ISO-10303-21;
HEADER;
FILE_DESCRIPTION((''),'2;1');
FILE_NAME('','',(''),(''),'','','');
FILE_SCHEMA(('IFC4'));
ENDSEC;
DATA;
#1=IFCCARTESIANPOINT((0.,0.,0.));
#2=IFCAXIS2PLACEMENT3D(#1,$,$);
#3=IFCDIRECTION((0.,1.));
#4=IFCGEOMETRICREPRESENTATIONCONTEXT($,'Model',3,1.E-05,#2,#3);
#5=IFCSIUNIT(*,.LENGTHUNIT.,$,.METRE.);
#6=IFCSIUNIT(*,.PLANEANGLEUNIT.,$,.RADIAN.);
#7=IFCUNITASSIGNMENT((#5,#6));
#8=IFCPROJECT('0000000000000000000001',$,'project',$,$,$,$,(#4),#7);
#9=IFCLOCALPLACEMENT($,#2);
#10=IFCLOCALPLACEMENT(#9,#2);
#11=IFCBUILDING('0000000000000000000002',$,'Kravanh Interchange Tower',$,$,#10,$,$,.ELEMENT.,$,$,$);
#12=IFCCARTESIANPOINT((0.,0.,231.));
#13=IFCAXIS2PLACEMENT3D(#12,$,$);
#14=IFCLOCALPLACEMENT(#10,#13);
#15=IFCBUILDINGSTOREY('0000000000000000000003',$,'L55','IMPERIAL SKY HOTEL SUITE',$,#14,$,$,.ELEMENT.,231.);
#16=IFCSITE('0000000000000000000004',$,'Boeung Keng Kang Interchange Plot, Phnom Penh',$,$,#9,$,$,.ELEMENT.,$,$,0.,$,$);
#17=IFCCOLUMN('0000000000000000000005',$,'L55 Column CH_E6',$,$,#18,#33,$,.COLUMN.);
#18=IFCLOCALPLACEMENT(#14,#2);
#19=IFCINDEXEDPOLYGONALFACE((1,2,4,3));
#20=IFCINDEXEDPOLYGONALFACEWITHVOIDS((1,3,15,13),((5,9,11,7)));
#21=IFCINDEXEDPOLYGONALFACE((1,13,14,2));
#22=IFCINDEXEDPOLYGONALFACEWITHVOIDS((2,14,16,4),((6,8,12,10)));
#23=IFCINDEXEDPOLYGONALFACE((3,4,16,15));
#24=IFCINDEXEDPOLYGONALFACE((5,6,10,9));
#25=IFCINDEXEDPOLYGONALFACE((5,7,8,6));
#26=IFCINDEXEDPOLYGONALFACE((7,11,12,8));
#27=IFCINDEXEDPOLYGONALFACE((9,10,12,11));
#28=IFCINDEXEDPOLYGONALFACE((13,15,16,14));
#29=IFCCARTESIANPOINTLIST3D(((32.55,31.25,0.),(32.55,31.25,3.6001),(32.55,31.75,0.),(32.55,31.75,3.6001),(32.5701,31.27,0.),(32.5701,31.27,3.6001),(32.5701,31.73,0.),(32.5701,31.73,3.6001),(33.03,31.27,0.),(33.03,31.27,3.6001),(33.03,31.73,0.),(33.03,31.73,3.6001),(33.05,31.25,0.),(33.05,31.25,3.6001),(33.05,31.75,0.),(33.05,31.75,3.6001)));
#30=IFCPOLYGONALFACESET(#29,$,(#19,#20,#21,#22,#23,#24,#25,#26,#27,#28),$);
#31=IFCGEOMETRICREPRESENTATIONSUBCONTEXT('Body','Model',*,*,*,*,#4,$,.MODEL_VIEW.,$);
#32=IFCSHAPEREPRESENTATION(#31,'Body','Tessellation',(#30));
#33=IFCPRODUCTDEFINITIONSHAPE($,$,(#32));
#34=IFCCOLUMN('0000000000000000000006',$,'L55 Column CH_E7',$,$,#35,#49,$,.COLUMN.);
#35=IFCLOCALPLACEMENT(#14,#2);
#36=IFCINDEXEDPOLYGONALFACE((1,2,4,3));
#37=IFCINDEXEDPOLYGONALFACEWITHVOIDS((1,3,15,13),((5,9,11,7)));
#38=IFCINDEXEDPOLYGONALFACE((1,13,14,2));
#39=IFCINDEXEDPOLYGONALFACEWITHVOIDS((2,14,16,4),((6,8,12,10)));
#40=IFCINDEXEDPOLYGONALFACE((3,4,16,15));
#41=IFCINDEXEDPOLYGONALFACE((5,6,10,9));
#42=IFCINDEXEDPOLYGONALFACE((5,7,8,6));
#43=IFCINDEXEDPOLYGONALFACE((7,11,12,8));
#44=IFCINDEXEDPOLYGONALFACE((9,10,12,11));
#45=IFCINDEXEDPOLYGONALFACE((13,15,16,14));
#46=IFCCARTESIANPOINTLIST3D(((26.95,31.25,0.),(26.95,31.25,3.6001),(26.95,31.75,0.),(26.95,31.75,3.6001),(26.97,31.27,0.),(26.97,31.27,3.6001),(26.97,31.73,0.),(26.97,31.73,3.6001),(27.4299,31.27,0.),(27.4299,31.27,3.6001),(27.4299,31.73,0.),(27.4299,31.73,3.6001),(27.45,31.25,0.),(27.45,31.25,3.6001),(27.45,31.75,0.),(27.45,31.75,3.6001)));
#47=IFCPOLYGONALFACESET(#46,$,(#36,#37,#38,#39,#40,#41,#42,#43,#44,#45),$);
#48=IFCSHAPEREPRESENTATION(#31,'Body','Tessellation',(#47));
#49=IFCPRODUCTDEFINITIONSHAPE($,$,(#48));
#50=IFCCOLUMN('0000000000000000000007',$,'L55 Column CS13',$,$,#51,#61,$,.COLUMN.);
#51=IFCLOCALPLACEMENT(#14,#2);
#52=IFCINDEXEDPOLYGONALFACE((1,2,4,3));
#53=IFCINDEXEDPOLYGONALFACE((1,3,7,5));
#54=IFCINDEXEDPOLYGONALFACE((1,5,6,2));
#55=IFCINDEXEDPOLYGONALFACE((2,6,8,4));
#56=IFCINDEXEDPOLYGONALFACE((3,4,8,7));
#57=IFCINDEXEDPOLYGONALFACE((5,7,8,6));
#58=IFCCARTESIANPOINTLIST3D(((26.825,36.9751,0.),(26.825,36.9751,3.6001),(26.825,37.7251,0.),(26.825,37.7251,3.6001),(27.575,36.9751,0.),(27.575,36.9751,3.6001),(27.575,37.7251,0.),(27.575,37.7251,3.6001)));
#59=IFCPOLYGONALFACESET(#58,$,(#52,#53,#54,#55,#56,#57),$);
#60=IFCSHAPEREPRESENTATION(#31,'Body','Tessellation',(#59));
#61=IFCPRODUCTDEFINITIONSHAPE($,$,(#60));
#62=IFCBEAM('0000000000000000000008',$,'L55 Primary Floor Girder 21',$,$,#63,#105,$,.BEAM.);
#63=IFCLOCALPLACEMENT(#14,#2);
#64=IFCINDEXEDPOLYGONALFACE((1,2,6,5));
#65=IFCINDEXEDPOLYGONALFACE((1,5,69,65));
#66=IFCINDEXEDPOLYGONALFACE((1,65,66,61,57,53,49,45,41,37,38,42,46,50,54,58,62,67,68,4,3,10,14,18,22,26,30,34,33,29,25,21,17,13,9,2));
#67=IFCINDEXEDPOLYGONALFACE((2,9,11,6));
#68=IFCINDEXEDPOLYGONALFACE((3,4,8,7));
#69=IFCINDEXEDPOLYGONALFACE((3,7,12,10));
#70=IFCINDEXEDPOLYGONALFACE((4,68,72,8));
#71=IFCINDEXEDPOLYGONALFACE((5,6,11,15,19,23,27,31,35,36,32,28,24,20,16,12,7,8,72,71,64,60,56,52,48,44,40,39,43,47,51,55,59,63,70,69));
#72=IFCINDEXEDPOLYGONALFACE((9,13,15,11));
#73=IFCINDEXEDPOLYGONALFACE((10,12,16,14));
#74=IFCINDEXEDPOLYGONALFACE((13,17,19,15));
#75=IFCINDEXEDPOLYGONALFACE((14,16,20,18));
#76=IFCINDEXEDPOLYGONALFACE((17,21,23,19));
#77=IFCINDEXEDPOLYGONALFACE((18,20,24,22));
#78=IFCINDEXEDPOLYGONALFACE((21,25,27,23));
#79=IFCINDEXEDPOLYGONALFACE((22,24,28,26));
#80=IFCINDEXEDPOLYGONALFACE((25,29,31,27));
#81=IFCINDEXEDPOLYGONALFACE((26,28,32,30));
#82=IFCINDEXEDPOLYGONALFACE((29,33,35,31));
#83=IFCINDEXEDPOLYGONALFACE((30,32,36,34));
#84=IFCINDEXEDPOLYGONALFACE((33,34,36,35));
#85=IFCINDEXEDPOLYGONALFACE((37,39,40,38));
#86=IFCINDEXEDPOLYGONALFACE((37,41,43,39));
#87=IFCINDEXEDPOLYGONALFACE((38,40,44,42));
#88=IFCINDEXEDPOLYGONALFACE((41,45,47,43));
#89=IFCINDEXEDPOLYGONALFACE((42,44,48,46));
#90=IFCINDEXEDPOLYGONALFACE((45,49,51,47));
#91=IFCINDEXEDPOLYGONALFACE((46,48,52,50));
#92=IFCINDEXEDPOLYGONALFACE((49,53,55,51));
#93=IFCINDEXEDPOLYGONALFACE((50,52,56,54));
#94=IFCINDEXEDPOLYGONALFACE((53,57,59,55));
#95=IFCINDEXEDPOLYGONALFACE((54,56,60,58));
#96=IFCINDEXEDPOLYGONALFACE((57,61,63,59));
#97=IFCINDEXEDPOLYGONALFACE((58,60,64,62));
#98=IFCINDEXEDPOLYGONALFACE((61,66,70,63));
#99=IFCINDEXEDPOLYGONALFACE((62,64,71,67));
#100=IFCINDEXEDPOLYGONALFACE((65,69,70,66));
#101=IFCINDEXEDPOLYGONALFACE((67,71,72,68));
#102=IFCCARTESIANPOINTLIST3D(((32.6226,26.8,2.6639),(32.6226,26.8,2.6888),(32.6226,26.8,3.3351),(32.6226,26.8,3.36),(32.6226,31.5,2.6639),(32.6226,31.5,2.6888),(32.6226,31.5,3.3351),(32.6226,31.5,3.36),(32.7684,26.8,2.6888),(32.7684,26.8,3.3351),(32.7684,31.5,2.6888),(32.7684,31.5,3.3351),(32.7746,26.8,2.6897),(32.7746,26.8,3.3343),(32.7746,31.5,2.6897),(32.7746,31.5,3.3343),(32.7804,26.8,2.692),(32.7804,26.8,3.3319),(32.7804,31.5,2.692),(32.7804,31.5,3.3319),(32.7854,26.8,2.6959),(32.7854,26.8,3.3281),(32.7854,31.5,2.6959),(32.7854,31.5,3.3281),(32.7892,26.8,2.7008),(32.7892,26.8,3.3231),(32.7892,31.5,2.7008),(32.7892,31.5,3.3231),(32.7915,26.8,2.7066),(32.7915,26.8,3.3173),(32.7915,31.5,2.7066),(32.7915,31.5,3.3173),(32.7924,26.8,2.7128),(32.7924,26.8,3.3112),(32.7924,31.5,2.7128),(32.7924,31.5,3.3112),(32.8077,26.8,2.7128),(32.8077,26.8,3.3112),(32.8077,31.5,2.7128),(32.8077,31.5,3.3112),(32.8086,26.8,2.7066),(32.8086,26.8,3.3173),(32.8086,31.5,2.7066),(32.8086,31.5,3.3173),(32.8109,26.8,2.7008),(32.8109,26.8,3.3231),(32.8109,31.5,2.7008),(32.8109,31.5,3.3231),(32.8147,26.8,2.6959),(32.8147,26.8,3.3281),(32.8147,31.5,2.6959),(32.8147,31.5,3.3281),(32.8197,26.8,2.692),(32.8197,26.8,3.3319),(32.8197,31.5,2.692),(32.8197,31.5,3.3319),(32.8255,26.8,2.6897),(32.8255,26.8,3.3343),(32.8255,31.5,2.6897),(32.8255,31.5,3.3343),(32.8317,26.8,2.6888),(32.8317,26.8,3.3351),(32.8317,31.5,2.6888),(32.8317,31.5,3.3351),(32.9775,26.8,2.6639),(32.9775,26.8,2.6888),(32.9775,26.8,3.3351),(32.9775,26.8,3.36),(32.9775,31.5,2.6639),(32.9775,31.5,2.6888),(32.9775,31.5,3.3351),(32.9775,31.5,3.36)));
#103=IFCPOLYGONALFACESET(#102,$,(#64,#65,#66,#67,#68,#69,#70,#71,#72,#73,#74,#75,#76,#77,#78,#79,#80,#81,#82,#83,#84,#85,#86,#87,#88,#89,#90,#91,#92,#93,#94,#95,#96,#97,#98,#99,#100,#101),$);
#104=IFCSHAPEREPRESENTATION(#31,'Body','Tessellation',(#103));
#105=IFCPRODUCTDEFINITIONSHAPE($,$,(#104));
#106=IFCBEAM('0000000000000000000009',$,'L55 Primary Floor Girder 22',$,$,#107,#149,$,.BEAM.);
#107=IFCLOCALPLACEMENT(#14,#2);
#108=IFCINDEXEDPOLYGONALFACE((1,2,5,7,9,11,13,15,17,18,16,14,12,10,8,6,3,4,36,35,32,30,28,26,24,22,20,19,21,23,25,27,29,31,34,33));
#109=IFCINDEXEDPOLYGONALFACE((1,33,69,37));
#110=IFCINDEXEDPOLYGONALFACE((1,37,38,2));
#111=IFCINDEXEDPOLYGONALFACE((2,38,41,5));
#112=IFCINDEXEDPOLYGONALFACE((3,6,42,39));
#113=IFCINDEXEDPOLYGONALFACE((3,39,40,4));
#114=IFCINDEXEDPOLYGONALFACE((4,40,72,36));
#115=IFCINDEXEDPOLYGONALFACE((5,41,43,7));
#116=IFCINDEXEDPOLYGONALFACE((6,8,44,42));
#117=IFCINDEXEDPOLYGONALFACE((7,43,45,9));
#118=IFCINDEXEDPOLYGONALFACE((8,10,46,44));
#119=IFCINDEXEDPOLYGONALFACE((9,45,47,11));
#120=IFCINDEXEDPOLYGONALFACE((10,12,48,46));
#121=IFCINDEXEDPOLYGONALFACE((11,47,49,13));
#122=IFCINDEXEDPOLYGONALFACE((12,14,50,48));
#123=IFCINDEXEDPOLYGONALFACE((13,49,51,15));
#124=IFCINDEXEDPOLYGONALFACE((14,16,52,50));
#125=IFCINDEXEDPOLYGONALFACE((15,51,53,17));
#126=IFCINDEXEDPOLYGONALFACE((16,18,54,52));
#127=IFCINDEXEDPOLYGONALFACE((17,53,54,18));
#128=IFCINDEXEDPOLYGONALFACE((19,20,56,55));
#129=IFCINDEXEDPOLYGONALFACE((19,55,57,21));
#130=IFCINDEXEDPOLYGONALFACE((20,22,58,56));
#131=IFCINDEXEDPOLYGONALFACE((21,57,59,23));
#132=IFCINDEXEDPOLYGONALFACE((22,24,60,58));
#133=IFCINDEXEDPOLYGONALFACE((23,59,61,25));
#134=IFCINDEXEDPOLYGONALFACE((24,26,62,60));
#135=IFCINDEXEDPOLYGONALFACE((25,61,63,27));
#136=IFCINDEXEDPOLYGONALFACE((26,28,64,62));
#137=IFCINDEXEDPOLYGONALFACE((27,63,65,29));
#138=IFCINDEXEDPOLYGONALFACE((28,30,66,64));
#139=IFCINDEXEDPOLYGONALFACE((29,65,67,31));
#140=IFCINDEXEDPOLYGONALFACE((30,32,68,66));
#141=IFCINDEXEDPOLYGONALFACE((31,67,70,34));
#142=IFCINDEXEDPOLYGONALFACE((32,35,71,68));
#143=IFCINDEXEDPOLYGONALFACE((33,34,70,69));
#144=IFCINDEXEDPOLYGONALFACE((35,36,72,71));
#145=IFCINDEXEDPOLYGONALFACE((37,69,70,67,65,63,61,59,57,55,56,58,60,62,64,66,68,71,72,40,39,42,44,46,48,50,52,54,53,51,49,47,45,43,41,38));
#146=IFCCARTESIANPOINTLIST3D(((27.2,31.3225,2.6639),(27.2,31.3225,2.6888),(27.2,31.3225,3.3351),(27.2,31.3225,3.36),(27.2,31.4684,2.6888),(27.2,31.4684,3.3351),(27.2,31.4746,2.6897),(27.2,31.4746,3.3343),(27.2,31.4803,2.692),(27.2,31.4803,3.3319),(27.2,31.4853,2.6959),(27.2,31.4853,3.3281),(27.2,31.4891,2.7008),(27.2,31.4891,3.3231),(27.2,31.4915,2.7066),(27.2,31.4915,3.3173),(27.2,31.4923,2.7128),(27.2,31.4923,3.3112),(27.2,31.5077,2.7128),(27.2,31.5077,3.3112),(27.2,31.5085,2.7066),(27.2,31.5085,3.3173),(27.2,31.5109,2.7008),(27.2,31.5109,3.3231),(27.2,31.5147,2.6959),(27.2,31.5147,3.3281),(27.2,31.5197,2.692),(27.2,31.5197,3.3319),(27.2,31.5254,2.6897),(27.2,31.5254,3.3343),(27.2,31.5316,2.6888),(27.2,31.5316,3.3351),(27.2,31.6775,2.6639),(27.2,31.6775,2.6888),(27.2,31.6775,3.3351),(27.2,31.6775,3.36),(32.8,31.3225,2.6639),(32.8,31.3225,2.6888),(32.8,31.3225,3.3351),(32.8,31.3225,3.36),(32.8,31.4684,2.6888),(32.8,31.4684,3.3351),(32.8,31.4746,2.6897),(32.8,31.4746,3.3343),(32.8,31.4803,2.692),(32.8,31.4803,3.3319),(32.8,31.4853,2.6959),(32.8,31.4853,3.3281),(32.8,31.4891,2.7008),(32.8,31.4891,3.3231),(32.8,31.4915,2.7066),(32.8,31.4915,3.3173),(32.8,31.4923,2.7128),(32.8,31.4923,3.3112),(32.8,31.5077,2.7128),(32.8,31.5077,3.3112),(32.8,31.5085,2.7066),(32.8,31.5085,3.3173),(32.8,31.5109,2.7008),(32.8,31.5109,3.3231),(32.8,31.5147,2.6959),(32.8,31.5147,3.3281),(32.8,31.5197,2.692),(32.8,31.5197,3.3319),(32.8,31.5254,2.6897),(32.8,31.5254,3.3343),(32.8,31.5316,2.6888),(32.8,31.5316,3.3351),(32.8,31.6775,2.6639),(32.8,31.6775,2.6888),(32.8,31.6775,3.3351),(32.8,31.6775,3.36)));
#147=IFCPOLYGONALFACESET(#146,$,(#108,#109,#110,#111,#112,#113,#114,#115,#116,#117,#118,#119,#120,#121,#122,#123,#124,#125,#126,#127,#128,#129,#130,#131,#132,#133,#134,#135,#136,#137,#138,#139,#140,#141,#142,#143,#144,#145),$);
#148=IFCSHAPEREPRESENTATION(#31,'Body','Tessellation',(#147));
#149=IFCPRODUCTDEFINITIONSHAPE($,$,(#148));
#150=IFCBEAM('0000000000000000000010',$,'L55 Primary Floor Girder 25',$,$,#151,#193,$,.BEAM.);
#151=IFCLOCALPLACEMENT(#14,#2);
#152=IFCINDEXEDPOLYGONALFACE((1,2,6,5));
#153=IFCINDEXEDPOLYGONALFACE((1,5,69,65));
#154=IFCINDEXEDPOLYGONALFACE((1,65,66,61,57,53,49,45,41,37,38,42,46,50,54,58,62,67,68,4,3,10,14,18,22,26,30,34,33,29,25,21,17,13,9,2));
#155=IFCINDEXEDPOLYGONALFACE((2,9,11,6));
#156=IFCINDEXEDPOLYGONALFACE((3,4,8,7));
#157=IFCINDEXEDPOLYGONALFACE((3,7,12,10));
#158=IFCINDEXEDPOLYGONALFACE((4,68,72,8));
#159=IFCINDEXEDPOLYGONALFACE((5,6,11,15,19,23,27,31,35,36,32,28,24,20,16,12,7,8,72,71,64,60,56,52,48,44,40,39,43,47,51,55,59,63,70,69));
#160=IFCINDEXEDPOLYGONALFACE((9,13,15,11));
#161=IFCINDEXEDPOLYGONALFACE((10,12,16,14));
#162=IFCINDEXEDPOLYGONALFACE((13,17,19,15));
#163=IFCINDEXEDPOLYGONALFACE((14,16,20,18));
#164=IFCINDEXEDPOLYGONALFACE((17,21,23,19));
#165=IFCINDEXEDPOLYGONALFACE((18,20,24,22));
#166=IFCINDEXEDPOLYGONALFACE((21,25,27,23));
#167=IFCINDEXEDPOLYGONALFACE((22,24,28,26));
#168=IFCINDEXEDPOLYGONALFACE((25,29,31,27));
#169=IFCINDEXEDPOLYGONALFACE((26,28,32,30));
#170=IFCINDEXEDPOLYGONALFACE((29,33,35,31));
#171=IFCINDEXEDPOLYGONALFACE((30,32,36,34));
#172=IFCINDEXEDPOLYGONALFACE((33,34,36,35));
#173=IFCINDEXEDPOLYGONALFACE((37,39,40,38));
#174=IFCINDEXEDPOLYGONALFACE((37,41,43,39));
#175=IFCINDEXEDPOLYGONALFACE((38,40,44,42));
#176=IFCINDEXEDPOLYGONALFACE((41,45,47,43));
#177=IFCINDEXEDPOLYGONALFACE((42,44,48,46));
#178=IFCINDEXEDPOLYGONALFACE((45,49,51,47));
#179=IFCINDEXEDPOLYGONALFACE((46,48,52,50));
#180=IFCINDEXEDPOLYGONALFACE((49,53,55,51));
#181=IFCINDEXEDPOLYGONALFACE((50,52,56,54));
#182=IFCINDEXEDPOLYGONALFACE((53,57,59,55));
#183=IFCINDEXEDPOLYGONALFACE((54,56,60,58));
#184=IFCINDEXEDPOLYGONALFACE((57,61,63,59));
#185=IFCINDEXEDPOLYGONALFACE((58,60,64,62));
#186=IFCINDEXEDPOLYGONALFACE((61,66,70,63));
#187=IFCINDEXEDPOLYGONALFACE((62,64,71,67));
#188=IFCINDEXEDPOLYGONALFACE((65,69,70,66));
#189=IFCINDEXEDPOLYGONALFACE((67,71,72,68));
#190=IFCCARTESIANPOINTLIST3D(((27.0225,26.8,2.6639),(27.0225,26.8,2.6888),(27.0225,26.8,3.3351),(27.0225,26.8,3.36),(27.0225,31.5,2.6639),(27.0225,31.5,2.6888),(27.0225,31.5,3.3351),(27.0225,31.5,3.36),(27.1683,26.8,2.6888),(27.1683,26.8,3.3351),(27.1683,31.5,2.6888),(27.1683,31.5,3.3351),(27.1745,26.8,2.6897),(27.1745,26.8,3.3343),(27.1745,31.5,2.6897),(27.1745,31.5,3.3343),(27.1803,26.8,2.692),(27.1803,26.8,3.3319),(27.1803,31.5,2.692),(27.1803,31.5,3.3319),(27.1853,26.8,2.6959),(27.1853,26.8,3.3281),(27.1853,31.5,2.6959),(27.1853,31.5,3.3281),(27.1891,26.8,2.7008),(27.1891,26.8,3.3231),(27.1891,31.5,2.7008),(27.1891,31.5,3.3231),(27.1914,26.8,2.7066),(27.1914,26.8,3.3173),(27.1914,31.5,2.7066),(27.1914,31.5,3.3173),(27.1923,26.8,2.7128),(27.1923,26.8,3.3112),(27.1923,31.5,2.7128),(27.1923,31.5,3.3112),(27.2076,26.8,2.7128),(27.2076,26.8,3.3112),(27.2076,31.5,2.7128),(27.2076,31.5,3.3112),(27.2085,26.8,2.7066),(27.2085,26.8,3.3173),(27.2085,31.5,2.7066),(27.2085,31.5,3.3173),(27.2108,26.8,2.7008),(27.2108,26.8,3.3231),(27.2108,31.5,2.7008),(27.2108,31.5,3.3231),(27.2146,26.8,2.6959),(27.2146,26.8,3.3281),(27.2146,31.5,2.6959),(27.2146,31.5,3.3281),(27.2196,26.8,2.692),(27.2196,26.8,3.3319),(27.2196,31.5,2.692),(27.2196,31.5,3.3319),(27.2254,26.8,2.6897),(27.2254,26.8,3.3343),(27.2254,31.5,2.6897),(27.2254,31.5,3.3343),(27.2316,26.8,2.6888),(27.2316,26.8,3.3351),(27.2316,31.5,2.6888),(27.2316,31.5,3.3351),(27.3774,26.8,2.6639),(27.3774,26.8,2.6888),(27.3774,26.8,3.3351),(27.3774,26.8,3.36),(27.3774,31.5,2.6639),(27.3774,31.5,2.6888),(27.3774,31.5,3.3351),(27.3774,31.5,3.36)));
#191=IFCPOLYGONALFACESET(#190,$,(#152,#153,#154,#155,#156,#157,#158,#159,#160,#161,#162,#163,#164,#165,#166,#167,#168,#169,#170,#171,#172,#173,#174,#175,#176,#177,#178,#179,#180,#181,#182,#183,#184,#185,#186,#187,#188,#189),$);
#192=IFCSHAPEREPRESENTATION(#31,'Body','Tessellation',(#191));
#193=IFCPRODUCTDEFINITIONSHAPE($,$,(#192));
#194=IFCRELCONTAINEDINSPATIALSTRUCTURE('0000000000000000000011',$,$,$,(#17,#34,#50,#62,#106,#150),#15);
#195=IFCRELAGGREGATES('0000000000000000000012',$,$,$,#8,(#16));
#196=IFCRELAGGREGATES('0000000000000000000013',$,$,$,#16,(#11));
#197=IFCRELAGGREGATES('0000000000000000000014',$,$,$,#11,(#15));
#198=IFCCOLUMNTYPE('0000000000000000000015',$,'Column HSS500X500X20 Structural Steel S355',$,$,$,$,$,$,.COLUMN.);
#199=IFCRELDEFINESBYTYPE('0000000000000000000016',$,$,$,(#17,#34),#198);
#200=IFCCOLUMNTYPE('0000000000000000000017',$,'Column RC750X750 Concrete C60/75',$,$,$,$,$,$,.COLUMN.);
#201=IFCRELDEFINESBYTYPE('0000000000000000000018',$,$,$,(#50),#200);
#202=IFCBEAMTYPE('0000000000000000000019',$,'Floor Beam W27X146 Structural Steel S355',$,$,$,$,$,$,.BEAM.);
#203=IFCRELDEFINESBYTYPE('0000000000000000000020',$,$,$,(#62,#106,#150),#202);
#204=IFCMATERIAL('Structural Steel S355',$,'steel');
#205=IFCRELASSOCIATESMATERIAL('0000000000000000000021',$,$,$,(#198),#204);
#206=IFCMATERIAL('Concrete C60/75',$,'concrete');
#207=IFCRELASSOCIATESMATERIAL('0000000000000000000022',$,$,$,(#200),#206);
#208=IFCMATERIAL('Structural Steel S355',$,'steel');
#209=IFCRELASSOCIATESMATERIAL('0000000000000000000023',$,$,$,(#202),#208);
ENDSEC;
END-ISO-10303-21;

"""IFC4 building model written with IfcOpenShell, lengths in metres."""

from ifc_helpers import new_model, si_unit, direction, frame, origin, origin_2d, place, context, subcontext, project, spatial, rectangle, hollow_rectangle, i_section, extrude, material, material_profile, profile_set, type_object, element, save


model = new_model("IFC4")

# Units and contexts
model_context = context("Model", 3, precision=1e-05, world=origin(), true_north=direction((0.0, 1.0)))
body_context = subcontext(model_context, "Body", "Model", "MODEL_VIEW")
ifc_project = project(units=[si_unit("LENGTHUNIT", "METRE"), si_unit("PLANEANGLEUNIT", "RADIAN")], contexts=[model_context])

# Site, building, storey
site_placement = place(None, origin())
site = spatial("IfcSite", under=ifc_project, at=site_placement, Name="Boeung Keng Kang Interchange Plot, Phnom Penh", CompositionType="ELEMENT", RefElevation=0.0)
building_placement = place(site_placement, origin())
building = spatial("IfcBuilding", under=site, at=building_placement, Name="Kravanh Interchange Tower", CompositionType="ELEMENT")
storey_placement = place(building_placement, frame((0.0, 0.0, 231.0)))
storey = spatial("IfcBuildingStorey", under=building, at=storey_placement, Name="L55", Description="IMPERIAL SKY HOTEL SUITE", CompositionType="ELEMENT", Elevation=231.0)

# Columns
ifc_material_1 = material(Name="Structural Steel S355", Category="steel")
ifc_material_profile_1 = material_profile(ifc_material_1, hollow_rectangle(XDim=0.5, YDim=0.5, WallThickness=0.02, at=origin_2d()), Name="HSS500X500X20")
ifc_profile_set_1 = profile_set([ifc_material_profile_1], Name="Structural Steel S355")
column_type_1 = type_object("IfcColumnType", Name="Column HSS500X500X20 Structural Steel S355", PredefinedType="COLUMN", material=ifc_profile_set_1)
for number, where, z_axis, x_axis, name in (
    (1, (32.8, 31.5, 0.0), (0.0, 0.0, 1.0), (1.0, 0.0, 0.0), "L55 Column CH_E6"),
    (2, (27.2, 31.5, 0.0), (0.0, 0.0, 1.0), (1.0, 0.0, 0.0), "L55 Column CH_E7"),
):
    element("IfcColumn", number, at=place(storey_placement, frame(where, z_axis=z_axis, x_axis=x_axis)), inside=storey, type_object=column_type_1, Name=name, PredefinedType="COLUMN", context=body_context, shape_type="SweptSolid", body=[
        extrude(hollow_rectangle(XDim=0.5, YDim=0.5, WallThickness=0.02, at=origin_2d()), origin(), (0.0, 0.0, 1.0), 3.6001),
    ])
ifc_material_2 = material(Name="Concrete C60/75", Category="concrete")
ifc_material_profile_2 = material_profile(ifc_material_2, rectangle(XDim=0.75, YDim=0.75, at=origin_2d()), Name="RC750X750")
ifc_profile_set_2 = profile_set([ifc_material_profile_2], Name="Concrete C60/75")
column_type_2 = type_object("IfcColumnType", Name="Column RC750X750 Concrete C60/75", PredefinedType="COLUMN", material=ifc_profile_set_2)
column_placement = place(storey_placement, frame((27.2, 37.3501, 0.0), z_axis=(0.0, 0.0, 1.0), x_axis=(1.0, 0.0, 0.0)))
element("IfcColumn", 3, at=column_placement, inside=storey, type_object=column_type_2, Name="L55 Column CS13", PredefinedType="COLUMN", context=body_context, shape_type="SweptSolid", body=[
    extrude(rectangle(XDim=0.75, YDim=0.75, at=origin_2d()), origin(), (0.0, 0.0, 1.0), 3.6001),
])

# Beams
ifc_material_3 = material(Name="Structural Steel S355", Category="steel")
ifc_material_profile_3 = material_profile(ifc_material_3, i_section(OverallWidth=0.355, OverallDepth=0.696, WebThickness=0.0154, FlangeThickness=0.0249, FilletRadius=0.0239, at=origin_2d()), Name="W27X146")
ifc_profile_set_3 = profile_set([ifc_material_profile_3], Name="Structural Steel S355")
beam_type_1 = type_object("IfcBeamType", Name="Floor Beam W27X146 Structural Steel S355", PredefinedType="BEAM", material=ifc_profile_set_3)
beam_1_placement = place(storey_placement, frame((32.8, 31.5, 3.012), z_axis=(0.0, -1.0, 0.0), x_axis=(1.0, 0.0, 0.0)))
element("IfcBeam", 4, at=beam_1_placement, inside=storey, type_object=beam_type_1, Name="L55 Primary Floor Girder 21", PredefinedType="BEAM", context=body_context, shape_type="SweptSolid", body=[
    extrude(i_section(OverallWidth=0.355, OverallDepth=0.696, WebThickness=0.0154, FlangeThickness=0.0249, FilletRadius=0.0239, at=origin_2d()), origin(), (0.0, 0.0, 1.0), 4.7),
])
beam_2_placement = place(storey_placement, frame((32.8, 31.5, 3.012), z_axis=(-1.0, 0.0, 0.0), x_axis=(0.0, -1.0, 0.0)))
element("IfcBeam", 5, at=beam_2_placement, inside=storey, type_object=beam_type_1, Name="L55 Primary Floor Girder 22", PredefinedType="BEAM", context=body_context, shape_type="SweptSolid", body=[
    extrude(i_section(OverallWidth=0.355, OverallDepth=0.696, WebThickness=0.0154, FlangeThickness=0.0249, FilletRadius=0.0239, at=origin_2d()), origin(), (0.0, 0.0, 1.0), 5.6001),
])
beam_3_placement = place(storey_placement, frame((27.2, 31.5, 3.012), z_axis=(0.0, -1.0, 0.0), x_axis=(1.0, 0.0, 0.0)))
element("IfcBeam", 6, at=beam_3_placement, inside=storey, type_object=beam_type_1, Name="L55 Primary Floor Girder 25", PredefinedType="BEAM", context=body_context, shape_type="SweptSolid", body=[
    extrude(i_section(OverallWidth=0.355, OverallDepth=0.696, WebThickness=0.0154, FlangeThickness=0.0249, FilletRadius=0.0239, at=origin_2d()), origin(), (0.0, 0.0, 1.0), 4.7),
])

save(model, "model.ifc")
